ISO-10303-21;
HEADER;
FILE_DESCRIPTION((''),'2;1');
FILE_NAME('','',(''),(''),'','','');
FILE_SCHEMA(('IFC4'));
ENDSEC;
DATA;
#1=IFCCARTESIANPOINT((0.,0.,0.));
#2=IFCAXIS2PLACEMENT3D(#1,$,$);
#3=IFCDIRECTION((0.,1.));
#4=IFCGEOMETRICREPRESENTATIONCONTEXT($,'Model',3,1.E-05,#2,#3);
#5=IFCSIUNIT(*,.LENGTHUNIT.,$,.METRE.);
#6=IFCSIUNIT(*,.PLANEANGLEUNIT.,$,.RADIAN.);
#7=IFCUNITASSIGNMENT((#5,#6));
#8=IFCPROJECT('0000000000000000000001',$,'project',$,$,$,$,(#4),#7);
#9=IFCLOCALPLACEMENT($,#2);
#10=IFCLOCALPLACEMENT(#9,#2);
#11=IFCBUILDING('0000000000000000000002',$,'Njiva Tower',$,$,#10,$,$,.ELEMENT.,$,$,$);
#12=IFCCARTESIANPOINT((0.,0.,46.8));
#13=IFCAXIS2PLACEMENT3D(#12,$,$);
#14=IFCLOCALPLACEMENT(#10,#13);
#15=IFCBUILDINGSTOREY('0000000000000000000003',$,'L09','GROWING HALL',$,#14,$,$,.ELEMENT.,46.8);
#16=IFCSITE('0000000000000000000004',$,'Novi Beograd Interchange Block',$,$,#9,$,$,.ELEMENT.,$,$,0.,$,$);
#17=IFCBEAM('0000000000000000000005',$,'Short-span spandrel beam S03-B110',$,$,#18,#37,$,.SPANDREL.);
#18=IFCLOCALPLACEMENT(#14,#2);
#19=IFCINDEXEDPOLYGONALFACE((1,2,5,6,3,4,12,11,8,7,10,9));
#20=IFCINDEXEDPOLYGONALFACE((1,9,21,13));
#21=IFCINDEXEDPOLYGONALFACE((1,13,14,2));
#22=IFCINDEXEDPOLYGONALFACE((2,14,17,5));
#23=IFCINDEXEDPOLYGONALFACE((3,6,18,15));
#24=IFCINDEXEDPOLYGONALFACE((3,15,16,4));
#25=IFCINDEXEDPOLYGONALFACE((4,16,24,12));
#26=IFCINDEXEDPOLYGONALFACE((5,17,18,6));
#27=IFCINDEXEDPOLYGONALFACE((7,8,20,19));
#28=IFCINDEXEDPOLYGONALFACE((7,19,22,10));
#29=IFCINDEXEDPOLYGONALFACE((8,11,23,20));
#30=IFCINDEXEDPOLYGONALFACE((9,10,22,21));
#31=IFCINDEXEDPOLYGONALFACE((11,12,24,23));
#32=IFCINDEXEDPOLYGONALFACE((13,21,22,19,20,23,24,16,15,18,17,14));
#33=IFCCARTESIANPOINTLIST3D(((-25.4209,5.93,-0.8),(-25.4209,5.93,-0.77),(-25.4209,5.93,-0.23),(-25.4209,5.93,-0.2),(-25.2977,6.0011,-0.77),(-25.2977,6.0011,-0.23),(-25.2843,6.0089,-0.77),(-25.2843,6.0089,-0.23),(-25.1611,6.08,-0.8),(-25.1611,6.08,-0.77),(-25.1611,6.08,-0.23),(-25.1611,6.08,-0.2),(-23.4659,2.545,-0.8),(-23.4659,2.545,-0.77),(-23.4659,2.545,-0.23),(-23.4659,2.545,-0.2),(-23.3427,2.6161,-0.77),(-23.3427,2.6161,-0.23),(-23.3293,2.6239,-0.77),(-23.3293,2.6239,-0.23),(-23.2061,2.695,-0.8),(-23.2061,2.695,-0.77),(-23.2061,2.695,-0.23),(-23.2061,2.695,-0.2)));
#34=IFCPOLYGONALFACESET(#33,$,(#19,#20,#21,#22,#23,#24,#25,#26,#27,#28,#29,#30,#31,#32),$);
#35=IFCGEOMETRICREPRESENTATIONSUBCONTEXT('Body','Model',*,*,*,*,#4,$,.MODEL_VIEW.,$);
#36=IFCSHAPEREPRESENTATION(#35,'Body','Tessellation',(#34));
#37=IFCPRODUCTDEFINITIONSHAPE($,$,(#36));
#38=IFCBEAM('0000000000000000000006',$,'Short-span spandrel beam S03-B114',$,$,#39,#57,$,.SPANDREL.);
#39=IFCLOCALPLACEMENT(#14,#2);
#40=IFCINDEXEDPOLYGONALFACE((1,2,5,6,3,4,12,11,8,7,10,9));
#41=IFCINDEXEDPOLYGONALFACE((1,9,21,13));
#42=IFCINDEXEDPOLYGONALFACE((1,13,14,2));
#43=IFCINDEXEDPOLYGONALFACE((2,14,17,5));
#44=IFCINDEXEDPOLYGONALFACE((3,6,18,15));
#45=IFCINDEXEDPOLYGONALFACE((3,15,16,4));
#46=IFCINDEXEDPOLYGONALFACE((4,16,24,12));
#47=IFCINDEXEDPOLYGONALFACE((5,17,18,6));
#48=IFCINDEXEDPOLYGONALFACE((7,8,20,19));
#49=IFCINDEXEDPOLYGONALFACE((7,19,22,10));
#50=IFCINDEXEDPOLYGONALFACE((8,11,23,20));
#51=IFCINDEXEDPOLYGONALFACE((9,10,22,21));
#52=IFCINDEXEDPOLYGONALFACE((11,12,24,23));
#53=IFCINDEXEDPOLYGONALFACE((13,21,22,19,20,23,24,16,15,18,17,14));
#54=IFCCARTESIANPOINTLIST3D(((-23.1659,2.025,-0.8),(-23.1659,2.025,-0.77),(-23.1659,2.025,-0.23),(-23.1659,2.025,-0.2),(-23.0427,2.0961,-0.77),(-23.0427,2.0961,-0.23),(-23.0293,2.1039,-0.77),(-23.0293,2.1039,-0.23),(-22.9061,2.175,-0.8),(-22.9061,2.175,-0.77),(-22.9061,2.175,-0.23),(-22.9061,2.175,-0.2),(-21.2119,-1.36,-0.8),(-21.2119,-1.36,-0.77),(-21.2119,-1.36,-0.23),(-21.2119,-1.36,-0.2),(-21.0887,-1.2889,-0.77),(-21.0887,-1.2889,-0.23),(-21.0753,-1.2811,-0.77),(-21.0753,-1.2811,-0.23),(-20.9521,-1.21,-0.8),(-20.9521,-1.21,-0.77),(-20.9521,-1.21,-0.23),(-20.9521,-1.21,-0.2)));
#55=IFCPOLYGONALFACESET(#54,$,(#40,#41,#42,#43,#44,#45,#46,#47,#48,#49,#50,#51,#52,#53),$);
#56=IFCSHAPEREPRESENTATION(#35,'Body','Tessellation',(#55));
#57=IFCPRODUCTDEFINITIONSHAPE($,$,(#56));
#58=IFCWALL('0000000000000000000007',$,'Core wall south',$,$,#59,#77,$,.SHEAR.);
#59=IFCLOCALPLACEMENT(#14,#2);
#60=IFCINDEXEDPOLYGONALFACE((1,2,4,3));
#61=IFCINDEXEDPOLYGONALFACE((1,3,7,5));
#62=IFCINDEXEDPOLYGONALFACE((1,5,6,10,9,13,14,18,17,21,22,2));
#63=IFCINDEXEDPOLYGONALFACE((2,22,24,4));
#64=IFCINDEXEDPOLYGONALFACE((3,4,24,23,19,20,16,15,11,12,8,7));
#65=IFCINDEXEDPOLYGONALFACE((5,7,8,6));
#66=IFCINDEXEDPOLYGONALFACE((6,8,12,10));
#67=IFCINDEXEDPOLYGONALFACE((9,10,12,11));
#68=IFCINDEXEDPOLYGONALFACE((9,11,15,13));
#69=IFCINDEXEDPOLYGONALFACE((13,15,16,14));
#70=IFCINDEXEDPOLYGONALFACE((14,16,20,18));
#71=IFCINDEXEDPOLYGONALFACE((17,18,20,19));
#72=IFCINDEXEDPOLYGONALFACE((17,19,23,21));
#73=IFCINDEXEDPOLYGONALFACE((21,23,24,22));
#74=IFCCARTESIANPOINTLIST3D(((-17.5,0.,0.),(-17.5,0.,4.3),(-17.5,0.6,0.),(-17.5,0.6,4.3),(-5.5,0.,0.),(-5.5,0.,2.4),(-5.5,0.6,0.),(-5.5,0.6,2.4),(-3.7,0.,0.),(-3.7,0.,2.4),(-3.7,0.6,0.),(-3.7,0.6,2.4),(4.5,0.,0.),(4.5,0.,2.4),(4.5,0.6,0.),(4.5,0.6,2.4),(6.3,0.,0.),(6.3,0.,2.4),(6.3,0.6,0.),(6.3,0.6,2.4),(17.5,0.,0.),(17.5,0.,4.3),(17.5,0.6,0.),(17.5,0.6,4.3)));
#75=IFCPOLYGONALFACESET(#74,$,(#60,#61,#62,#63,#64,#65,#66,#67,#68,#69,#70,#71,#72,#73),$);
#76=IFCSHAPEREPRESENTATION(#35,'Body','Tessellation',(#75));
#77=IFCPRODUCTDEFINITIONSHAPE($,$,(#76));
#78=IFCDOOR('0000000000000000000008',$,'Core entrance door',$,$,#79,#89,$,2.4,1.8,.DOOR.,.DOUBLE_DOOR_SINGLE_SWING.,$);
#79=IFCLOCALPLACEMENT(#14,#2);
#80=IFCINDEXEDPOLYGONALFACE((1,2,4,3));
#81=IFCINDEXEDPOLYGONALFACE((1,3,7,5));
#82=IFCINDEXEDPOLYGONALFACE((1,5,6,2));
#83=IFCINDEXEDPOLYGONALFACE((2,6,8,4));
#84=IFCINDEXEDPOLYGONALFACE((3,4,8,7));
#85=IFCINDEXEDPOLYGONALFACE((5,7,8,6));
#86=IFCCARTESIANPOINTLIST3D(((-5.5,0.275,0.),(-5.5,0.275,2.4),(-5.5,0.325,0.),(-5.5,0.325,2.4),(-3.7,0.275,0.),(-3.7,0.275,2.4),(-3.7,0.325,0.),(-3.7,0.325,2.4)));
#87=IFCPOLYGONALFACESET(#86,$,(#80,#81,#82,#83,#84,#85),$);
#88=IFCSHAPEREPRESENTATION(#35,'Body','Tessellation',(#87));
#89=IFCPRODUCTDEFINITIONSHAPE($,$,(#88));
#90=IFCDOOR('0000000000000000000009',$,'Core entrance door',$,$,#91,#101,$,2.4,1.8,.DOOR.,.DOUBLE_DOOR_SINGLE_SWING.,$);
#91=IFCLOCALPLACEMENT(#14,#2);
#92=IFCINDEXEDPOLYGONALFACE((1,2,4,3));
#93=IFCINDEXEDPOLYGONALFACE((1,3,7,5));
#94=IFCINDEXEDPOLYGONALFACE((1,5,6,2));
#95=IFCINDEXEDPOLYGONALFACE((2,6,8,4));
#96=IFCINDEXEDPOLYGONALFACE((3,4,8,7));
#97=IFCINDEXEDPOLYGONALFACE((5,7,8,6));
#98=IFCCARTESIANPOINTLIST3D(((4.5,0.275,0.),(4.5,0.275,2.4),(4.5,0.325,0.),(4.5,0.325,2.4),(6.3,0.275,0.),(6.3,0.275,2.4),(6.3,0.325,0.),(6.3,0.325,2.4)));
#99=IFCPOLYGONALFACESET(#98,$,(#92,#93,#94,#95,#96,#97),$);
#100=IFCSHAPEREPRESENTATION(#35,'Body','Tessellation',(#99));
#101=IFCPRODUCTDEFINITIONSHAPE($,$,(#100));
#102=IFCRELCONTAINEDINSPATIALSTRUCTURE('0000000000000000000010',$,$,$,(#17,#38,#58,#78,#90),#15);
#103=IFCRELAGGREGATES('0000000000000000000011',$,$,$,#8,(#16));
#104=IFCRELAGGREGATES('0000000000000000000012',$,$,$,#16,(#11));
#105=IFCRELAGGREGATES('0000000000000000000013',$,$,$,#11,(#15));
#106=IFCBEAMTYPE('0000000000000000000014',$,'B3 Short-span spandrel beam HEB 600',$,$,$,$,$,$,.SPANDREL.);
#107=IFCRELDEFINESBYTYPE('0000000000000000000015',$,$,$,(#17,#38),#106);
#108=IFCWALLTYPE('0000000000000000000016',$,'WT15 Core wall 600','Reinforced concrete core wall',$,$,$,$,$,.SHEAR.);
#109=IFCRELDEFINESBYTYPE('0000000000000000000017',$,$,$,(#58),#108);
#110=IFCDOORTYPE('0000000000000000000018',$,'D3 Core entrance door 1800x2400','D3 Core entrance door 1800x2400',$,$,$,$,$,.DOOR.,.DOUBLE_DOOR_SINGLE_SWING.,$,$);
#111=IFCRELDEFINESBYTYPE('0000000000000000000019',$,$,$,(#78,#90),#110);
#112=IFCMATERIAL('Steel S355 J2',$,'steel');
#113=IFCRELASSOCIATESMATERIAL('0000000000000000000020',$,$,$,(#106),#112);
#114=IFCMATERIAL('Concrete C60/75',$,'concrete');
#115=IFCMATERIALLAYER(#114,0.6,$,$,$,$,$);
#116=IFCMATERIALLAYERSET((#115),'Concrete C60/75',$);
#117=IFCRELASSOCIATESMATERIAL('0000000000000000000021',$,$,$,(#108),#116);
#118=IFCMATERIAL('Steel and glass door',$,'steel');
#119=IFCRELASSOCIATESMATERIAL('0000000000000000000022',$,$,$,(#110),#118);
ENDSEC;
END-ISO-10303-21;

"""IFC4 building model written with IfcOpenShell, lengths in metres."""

from ifc_helpers import new_model, si_unit, direction, frame, frame_2d, origin, origin_2d, place, context, subcontext, project, spatial, rectangle, i_section, extrude, material, layer, layer_set, material_profile, profile_set, type_object, element, fill, save


model = new_model("IFC4")

# Units and contexts
model_context = context("Model", 3, precision=1e-05, world=origin(), true_north=direction((0.0, 1.0)))
body_context = subcontext(model_context, "Body", "Model", "MODEL_VIEW")
ifc_project = project(units=[si_unit("LENGTHUNIT", "METRE"), si_unit("PLANEANGLEUNIT", "RADIAN")], contexts=[model_context])

# Site, building, storey
site_placement = place(None, origin())
site = spatial("IfcSite", under=ifc_project, at=site_placement, Name="Novi Beograd Interchange Block", CompositionType="ELEMENT", RefElevation=0.0)
building_placement = place(site_placement, origin())
building = spatial("IfcBuilding", under=site, at=building_placement, Name="Njiva Tower", CompositionType="ELEMENT")
storey_placement = place(building_placement, frame((0.0, 0.0, 46.8)))
storey = spatial("IfcBuildingStorey", under=building, at=storey_placement, Name="L09", Description="GROWING HALL", CompositionType="ELEMENT", Elevation=46.8)

# Shared definitions
ifc_material_1 = material(Name="Steel S355 J2", Category="steel")

# Beams
ifc_material_profile_1 = material_profile(ifc_material_1, i_section(OverallWidth=0.3, OverallDepth=0.6, WebThickness=0.0155, FlangeThickness=0.03, at=origin_2d()), Name="HEB 600")
ifc_profile_set_1 = profile_set([ifc_material_profile_1], Name="Steel S355 J2")
beam_type_1 = type_object("IfcBeamType", Name="B3 Short-span spandrel beam HEB 600", PredefinedType="SPANDREL", material=ifc_profile_set_1)
beam_1_placement = place(storey_placement, frame((-25.291, 6.005, -0.5), z_axis=(0.500128, -0.865951, 0.0), x_axis=(0.865951, 0.500128, 0.0)))
element("IfcBeam", 1, at=beam_1_placement, inside=storey, type_object=beam_type_1, Name="Short-span spandrel beam S03-B110", PredefinedType="SPANDREL", context=body_context, shape_type="SweptSolid", body=[
    extrude(i_section(OverallWidth=0.3, OverallDepth=0.6, WebThickness=0.0155, FlangeThickness=0.03, at=origin_2d()), origin(), (0.0, 0.0, 1.0), 3.909),
])
beam_2_placement = place(storey_placement, frame((-23.036, 2.1, -0.5), z_axis=(0.499937, -0.866062, 0.0), x_axis=(0.866062, 0.499937, 0.0)))
element("IfcBeam", 2, at=beam_2_placement, inside=storey, type_object=beam_type_1, Name="Short-span spandrel beam S03-B114", PredefinedType="SPANDREL", context=body_context, shape_type="SweptSolid", body=[
    extrude(i_section(OverallWidth=0.3, OverallDepth=0.6, WebThickness=0.0155, FlangeThickness=0.03, at=origin_2d()), origin(), (0.0, 0.0, 1.0), 3.9085),
])

# Wall, openings, doors
ifc_material_2 = material(Name="Concrete C60/75", Category="concrete")
ifc_layer_1 = layer(ifc_material_2, 0.6)
ifc_layer_set_1 = layer_set([ifc_layer_1], Name="Concrete C60/75")
wall_type_1 = type_object("IfcWallType", Name="WT15 Core wall 600", Description="Reinforced concrete core wall", PredefinedType="SHEAR", material=ifc_layer_set_1)
wall_1_placement = place(storey_placement, frame((-17.5, 0.3, 0.0), z_axis=(0.0, 0.0, 1.0), x_axis=(1.0, 0.0, 0.0)))
wall_1 = element("IfcWall", 3, at=wall_1_placement, inside=storey, type_object=wall_type_1, Name="Core wall south", PredefinedType="SHEAR", context=body_context, shape_type="SweptSolid", body=[
    extrude(rectangle(XDim=35.0, YDim=0.6, at=frame_2d((17.5, 0.0))), origin(), (0.0, 0.0, 1.0), 4.3),
])
opening_1_placement = place(wall_1_placement, frame((12.0, 0.0, 0.0)))
opening_1 = element("IfcOpeningElement", 4, at=opening_1_placement, cuts=wall_1, PredefinedType="OPENING", context=body_context, shape_type="SweptSolid", body=[
    extrude(rectangle(XDim=1.8, YDim=2.4, at=frame_2d((0.9, 1.2))), frame((0.0, 0.31, 0.0), z_axis=(0.0, -1.0, 0.0), x_axis=(1.0, 0.0, 0.0)), (0.0, 0.0, 1.0), 0.62),
])
opening_2_placement = place(wall_1_placement, frame((22.0, 0.0, 0.0)))
opening_2 = element("IfcOpeningElement", 5, at=opening_2_placement, cuts=wall_1, PredefinedType="OPENING", context=body_context, shape_type="SweptSolid", body=[
    extrude(rectangle(XDim=1.8, YDim=2.4, at=frame_2d((0.9, 1.2))), frame((0.0, 0.31, 0.0), z_axis=(0.0, -1.0, 0.0), x_axis=(1.0, 0.0, 0.0)), (0.0, 0.0, 1.0), 0.62),
])
ifc_material_3 = material(Name="Steel and glass door", Category="steel")
door_type_1 = type_object("IfcDoorType", Name="D3 Core entrance door 1800x2400", Description="D3 Core entrance door 1800x2400", OperationType="DOUBLE_DOOR_SINGLE_SWING", PredefinedType="DOOR", material=ifc_material_3)
door_1_placement = place(opening_1_placement, origin())
door_1 = element("IfcDoor", 6, at=door_1_placement, inside=storey, type_object=door_type_1, Name="Core entrance door", OperationType="DOUBLE_DOOR_SINGLE_SWING", OverallHeight=2.4, OverallWidth=1.8, PredefinedType="DOOR", context=body_context, shape_type="SweptSolid", body=[
    extrude(rectangle(XDim=1.8, YDim=2.4, at=frame_2d((0.9, 1.2))), frame((0.0, 0.025, 0.0), z_axis=(0.0, -1.0, 0.0), x_axis=(1.0, 0.0, 0.0)), (0.0, 0.0, 1.0), 0.05),
])
fill(opening_1, door_1)
door_2_placement = place(opening_2_placement, origin())
door_2 = element("IfcDoor", 7, at=door_2_placement, inside=storey, type_object=door_type_1, Name="Core entrance door", OperationType="DOUBLE_DOOR_SINGLE_SWING", OverallHeight=2.4, OverallWidth=1.8, PredefinedType="DOOR", context=body_context, shape_type="SweptSolid", body=[
    extrude(rectangle(XDim=1.8, YDim=2.4, at=frame_2d((0.9, 1.2))), frame((0.0, 0.025, 0.0), z_axis=(0.0, -1.0, 0.0), x_axis=(1.0, 0.0, 0.0)), (0.0, 0.0, 1.0), 0.05),
])
fill(opening_2, door_2)

save(model, "model.ifc")
